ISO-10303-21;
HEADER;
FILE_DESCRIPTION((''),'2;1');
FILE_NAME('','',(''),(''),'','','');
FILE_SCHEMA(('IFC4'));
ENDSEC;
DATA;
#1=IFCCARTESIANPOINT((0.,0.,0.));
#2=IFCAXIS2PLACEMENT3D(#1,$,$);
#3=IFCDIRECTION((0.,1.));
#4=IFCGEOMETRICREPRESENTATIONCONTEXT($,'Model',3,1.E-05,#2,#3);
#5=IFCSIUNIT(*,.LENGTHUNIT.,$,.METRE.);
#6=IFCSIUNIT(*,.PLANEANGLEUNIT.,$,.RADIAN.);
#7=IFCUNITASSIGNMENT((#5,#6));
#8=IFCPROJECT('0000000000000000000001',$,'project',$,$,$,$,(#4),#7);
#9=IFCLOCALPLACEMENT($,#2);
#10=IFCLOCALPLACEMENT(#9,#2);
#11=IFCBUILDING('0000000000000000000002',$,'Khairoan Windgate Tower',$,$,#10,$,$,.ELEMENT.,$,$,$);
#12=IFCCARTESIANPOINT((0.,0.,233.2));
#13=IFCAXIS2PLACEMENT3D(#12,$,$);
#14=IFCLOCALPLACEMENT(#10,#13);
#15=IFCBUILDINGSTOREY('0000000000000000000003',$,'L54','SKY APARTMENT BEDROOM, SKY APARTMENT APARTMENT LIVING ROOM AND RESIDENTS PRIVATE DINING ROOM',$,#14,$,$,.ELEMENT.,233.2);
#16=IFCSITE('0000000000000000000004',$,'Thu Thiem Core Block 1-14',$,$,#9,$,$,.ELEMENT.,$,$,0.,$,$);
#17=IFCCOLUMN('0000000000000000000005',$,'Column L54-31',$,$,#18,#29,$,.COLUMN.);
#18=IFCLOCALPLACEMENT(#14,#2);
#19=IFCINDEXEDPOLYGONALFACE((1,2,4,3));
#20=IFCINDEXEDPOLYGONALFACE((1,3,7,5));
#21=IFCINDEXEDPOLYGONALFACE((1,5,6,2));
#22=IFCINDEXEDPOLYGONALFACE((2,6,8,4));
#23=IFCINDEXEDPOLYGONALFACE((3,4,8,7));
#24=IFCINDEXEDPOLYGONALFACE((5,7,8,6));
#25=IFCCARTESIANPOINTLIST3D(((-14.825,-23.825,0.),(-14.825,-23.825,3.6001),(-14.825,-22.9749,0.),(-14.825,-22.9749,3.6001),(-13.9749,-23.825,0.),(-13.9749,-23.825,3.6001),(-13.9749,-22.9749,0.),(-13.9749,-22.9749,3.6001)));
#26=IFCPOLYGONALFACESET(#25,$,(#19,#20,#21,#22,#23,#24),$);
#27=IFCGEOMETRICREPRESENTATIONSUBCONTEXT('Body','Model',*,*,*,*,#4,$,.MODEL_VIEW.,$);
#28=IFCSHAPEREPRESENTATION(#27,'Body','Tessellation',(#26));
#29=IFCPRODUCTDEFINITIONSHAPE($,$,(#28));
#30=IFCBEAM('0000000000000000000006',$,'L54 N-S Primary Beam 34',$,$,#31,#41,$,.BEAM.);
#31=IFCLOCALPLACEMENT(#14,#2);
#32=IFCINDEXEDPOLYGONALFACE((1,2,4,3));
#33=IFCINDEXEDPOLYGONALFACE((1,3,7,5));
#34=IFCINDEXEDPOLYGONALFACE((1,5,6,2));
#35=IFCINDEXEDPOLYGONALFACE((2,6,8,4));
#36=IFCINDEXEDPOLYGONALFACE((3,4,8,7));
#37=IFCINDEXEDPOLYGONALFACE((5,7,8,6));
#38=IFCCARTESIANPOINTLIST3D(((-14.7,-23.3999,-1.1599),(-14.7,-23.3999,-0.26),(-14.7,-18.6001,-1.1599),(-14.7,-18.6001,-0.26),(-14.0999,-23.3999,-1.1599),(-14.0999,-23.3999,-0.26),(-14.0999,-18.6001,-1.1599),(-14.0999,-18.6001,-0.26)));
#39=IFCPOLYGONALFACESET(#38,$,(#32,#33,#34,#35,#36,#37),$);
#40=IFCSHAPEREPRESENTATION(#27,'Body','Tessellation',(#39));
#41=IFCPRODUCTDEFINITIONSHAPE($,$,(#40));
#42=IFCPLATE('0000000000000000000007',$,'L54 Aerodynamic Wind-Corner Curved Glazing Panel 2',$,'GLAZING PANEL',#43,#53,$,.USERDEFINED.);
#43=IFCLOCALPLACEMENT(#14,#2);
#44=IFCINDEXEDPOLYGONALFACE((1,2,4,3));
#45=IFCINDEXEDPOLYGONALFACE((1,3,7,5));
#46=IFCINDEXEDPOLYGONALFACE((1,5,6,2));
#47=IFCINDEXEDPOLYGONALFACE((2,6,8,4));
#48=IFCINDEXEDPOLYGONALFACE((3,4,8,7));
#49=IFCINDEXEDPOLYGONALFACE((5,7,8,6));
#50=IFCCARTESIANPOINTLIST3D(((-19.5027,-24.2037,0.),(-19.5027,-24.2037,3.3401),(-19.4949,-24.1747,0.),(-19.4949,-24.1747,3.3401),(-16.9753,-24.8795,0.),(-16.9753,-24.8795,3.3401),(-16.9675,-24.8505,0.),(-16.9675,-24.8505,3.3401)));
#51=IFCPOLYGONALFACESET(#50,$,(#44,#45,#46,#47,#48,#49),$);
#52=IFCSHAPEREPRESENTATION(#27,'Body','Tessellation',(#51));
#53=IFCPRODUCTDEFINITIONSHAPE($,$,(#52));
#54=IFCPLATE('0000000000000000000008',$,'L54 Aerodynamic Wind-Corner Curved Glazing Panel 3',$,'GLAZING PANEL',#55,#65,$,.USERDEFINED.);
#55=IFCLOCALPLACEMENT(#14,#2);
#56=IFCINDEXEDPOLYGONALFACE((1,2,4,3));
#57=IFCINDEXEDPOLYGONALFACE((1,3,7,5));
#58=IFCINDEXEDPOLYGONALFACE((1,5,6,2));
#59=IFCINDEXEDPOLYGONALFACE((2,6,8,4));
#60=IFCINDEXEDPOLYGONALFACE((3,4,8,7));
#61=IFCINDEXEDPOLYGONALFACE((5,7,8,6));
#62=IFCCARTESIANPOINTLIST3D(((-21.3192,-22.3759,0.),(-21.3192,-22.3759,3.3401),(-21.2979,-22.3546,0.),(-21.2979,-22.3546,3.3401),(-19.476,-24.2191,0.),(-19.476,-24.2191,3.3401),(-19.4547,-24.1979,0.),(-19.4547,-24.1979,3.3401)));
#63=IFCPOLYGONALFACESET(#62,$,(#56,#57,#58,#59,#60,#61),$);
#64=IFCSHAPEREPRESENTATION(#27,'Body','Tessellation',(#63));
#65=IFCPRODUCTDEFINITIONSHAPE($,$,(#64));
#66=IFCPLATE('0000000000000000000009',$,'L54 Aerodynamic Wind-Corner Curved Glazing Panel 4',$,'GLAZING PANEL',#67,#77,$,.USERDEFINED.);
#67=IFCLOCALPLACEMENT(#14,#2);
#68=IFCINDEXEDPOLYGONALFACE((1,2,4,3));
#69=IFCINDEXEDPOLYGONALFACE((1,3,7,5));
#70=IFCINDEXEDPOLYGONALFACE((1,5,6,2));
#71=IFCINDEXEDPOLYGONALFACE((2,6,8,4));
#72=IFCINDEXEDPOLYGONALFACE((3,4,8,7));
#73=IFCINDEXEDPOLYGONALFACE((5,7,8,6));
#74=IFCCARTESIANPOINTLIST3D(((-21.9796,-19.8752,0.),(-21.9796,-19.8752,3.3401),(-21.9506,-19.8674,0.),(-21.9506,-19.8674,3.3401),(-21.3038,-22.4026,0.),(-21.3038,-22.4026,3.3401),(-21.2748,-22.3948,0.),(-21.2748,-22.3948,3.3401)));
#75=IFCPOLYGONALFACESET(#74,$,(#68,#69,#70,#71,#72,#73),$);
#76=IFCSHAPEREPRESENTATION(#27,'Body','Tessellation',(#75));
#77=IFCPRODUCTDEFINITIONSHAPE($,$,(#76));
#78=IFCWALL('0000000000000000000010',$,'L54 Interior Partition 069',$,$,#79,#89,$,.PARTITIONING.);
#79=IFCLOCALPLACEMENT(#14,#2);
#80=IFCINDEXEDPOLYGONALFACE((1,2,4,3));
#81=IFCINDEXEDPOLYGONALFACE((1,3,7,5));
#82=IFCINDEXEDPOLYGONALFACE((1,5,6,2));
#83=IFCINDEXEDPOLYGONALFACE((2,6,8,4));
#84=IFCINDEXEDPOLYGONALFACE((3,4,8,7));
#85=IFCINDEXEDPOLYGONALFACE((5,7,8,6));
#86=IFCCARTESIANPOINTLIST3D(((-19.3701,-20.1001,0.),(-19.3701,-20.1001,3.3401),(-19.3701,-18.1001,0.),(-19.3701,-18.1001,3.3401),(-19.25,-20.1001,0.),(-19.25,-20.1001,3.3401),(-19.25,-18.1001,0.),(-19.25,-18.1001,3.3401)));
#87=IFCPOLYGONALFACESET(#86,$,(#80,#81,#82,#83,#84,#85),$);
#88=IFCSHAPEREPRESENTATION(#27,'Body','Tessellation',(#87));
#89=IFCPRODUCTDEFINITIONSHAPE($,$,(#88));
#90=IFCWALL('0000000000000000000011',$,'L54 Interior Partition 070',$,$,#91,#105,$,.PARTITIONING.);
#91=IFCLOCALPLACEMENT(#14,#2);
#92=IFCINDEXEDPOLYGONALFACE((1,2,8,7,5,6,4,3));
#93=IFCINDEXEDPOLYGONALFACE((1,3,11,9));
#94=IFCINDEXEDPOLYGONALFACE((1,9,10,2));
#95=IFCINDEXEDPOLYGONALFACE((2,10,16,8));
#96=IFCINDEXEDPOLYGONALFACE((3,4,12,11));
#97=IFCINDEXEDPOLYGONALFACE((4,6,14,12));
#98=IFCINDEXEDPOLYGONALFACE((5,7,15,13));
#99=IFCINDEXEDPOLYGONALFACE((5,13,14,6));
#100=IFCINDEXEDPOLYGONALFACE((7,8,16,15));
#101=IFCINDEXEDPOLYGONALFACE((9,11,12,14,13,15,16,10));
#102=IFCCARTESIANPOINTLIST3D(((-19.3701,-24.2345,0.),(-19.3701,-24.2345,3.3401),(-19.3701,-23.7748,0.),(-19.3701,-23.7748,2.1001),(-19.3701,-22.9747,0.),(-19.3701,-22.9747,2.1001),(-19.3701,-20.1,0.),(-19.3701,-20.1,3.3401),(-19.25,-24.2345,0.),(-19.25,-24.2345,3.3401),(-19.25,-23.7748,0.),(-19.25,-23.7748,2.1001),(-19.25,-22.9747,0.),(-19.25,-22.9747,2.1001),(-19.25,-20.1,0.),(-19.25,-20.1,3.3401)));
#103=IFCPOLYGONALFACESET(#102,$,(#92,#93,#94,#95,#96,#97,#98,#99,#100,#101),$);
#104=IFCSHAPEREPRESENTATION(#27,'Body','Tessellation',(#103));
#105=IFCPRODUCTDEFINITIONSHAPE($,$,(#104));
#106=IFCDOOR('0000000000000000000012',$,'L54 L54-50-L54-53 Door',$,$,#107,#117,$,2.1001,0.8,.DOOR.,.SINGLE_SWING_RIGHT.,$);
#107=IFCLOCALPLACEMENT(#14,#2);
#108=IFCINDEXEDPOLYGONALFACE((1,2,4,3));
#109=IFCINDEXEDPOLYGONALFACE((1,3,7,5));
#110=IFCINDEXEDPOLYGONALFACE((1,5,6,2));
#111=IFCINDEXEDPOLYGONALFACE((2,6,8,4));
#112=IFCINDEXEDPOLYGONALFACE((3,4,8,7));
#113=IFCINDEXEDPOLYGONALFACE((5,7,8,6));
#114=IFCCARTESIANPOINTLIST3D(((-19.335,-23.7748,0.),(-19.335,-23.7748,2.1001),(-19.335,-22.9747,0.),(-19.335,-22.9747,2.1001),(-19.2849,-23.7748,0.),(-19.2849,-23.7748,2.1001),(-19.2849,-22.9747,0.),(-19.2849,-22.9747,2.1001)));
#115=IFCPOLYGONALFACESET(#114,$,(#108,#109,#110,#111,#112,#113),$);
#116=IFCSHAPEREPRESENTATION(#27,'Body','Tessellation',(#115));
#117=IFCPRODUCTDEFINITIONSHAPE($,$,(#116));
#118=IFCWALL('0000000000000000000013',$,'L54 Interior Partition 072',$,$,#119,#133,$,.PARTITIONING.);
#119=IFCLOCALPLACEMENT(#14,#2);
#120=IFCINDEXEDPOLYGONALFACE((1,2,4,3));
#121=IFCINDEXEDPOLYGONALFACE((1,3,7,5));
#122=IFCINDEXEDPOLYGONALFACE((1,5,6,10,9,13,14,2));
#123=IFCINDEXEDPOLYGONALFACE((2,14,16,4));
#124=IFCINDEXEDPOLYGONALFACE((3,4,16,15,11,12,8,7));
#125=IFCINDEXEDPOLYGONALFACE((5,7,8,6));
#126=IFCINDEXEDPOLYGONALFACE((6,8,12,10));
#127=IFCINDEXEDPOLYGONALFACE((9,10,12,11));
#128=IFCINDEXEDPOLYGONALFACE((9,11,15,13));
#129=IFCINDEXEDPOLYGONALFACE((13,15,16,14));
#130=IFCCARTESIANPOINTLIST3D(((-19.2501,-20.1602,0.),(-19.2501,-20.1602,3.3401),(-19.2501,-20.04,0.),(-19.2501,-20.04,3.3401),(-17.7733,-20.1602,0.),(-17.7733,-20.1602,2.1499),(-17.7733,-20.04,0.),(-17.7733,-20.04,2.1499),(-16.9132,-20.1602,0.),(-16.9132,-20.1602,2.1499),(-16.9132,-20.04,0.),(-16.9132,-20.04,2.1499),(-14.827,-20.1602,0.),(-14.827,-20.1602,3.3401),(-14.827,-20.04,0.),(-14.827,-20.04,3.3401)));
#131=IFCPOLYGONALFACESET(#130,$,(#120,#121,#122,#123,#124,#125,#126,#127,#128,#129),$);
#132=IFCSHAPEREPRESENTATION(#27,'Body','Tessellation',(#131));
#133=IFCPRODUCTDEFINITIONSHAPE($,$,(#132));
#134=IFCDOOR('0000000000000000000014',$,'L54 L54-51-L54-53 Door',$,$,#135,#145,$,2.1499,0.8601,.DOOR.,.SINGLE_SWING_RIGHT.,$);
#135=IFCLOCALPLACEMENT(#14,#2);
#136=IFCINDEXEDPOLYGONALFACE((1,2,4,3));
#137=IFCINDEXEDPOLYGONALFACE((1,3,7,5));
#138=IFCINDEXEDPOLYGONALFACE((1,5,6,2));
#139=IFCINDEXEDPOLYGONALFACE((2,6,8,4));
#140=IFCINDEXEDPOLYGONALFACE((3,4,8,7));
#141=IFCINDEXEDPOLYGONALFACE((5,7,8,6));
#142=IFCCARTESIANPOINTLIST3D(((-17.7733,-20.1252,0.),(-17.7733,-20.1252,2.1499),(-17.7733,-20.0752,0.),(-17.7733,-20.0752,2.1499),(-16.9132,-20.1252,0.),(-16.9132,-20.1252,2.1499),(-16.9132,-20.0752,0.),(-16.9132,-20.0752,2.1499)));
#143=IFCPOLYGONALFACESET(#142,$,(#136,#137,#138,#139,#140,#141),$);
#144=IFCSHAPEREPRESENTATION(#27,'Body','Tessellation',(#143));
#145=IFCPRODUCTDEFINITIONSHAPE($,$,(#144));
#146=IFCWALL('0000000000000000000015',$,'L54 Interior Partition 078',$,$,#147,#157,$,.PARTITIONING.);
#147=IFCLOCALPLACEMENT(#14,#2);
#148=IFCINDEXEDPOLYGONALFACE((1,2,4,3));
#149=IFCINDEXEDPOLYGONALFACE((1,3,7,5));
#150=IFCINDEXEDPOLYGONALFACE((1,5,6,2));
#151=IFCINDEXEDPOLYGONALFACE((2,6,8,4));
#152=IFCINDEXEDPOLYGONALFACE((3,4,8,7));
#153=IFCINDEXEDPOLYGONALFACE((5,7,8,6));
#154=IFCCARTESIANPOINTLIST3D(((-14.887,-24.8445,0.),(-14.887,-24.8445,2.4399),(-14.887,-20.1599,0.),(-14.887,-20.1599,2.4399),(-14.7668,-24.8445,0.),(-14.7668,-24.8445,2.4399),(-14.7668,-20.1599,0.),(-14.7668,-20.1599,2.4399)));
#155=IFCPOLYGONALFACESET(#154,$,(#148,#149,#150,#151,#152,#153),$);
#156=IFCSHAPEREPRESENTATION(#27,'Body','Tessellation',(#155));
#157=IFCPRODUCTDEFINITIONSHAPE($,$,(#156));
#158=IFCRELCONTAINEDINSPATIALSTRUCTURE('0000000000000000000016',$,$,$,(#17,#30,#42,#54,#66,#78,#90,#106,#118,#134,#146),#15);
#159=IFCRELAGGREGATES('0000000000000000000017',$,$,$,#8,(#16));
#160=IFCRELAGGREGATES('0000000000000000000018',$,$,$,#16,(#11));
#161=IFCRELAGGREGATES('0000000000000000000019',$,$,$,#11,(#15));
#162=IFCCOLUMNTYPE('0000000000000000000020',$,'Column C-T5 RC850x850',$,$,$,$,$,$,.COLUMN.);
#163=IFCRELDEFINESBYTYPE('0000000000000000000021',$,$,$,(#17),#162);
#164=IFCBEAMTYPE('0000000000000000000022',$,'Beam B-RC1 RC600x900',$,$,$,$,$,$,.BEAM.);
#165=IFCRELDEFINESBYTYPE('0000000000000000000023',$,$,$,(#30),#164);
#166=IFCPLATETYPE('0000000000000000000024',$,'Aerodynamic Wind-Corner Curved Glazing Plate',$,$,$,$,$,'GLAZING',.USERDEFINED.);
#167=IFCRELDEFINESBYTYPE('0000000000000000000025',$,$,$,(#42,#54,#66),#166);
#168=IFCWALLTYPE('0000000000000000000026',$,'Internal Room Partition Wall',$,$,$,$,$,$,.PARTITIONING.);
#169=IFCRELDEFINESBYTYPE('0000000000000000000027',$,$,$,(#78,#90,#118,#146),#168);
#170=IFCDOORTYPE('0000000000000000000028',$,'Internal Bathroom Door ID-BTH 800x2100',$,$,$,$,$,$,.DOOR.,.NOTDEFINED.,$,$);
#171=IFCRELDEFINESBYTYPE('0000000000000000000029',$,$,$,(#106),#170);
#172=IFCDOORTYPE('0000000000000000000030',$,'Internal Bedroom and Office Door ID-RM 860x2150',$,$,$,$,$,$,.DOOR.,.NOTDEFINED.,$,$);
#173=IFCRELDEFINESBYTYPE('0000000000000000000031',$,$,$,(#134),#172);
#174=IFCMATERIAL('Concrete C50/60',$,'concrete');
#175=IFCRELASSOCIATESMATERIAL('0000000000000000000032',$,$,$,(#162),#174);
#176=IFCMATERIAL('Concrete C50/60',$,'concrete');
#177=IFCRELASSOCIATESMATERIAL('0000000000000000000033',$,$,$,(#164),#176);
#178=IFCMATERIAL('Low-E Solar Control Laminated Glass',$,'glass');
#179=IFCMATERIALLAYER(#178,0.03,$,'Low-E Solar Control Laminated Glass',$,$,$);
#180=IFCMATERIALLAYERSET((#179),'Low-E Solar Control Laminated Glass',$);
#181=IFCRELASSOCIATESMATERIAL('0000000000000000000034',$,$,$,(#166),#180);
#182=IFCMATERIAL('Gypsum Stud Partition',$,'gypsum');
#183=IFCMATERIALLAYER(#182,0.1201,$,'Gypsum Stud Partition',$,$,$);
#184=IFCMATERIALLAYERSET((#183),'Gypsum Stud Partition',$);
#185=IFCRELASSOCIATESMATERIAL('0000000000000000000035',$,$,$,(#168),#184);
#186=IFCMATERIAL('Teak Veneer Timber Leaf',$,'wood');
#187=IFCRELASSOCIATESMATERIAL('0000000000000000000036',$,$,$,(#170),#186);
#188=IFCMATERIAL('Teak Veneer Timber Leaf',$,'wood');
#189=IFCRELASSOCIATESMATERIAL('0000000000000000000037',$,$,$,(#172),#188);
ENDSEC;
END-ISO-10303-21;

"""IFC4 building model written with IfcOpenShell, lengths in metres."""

from ifc_helpers import new_model, si_unit, direction, frame, frame_2d, origin, origin_2d, place, context, subcontext, project, spatial, rectangle, extrude, material, layer, layer_set, material_profile, profile_set, type_object, element, fill, save


model = new_model("IFC4")

# Units and contexts
model_context = context("Model", 3, precision=1e-05, world=origin(), true_north=direction((0.0, 1.0)))
body_context = subcontext(model_context, "Body", "Model", "MODEL_VIEW")
ifc_project = project(units=[si_unit("LENGTHUNIT", "METRE"), si_unit("PLANEANGLEUNIT", "RADIAN")], contexts=[model_context])

# Site, building, storey
site_placement = place(None, origin())
site = spatial("IfcSite", under=ifc_project, at=site_placement, Name="Thu Thiem Core Block 1-14", CompositionType="ELEMENT", RefElevation=0.0)
building_placement = place(site_placement, origin())
building = spatial("IfcBuilding", under=site, at=building_placement, Name="Khairoan Windgate Tower", CompositionType="ELEMENT")
storey_placement = place(building_placement, frame((0.0, 0.0, 233.2)))
storey = spatial("IfcBuildingStorey", under=building, at=storey_placement, Name="L54", Description="SKY APARTMENT BEDROOM, SKY APARTMENT APARTMENT LIVING ROOM AND RESIDENTS PRIVATE DINING ROOM", CompositionType="ELEMENT", Elevation=233.2)

# Column
ifc_material_1 = material(Name="Concrete C50/60", Category="concrete")
ifc_material_profile_1 = material_profile(ifc_material_1, rectangle(XDim=0.8501, YDim=0.8501, at=origin_2d()))
ifc_profile_set_1 = profile_set([ifc_material_profile_1], Name="Concrete C50/60")
column_type = type_object("IfcColumnType", Name="Column C-T5 RC850x850", PredefinedType="COLUMN", material=ifc_profile_set_1)
column_placement = place(storey_placement, frame((-14.3999, -23.3999, 0.0), z_axis=(0.0, 0.0, 1.0), x_axis=(1.0, 0.0, 0.0)))
element("IfcColumn", 1, at=column_placement, inside=storey, type_object=column_type, Name="Column L54-31", PredefinedType="COLUMN", context=body_context, shape_type="SweptSolid", body=[
    extrude(rectangle(XDim=0.8501, YDim=0.8501, at=origin_2d()), origin(), (0.0, 0.0, 1.0), 3.6001),
])

# Beam
ifc_material_2 = material(Name="Concrete C50/60", Category="concrete")
ifc_material_profile_2 = material_profile(ifc_material_2, rectangle(XDim=0.6001, YDim=0.8999, at=origin_2d()))
ifc_profile_set_2 = profile_set([ifc_material_profile_2], Name="Concrete C50/60")
beam_type = type_object("IfcBeamType", Name="Beam B-RC1 RC600x900", PredefinedType="BEAM", material=ifc_profile_set_2)
beam_placement = place(storey_placement, frame((-14.3999, -23.3999, -0.71), z_axis=(0.0, 1.0, 0.0), x_axis=(-1.0, 0.0, 0.0)))
element("IfcBeam", 2, at=beam_placement, inside=storey, type_object=beam_type, Name="L54 N-S Primary Beam 34", PredefinedType="BEAM", context=body_context, shape_type="SweptSolid", body=[
    extrude(rectangle(XDim=0.6001, YDim=0.8999, at=origin_2d()), origin(), (0.0, 0.0, 1.0), 4.7998),
])

# Plates
ifc_material_3 = material(Name="Low-E Solar Control Laminated Glass", Category="glass")
ifc_layer_1 = layer(ifc_material_3, 0.03, Name="Low-E Solar Control Laminated Glass")
ifc_layer_set_1 = layer_set([ifc_layer_1], Name="Low-E Solar Control Laminated Glass")
plate_type = type_object("IfcPlateType", Name="Aerodynamic Wind-Corner Curved Glazing Plate", ElementType="GLAZING", PredefinedType="USERDEFINED", material=ifc_layer_set_1)
plate_1_placement = place(storey_placement, frame((-18.2351, -24.5271, 0.0), z_axis=(0.0, 0.0, 1.0), x_axis=(-0.966061, 0.258313, 0.0)))
element("IfcPlate", 3, at=plate_1_placement, inside=storey, type_object=plate_type, Name="L54 Aerodynamic Wind-Corner Curved Glazing Panel 2", ObjectType="GLAZING PANEL", PredefinedType="USERDEFINED", context=body_context, shape_type="SweptSolid", body=[
    extrude(rectangle(XDim=2.6162, YDim=0.03, at=origin_2d()), origin(), (0.0, 0.0, 1.0), 3.3401),
])
plate_2_placement = place(storey_placement, frame((-20.387, -23.2869, 0.0), z_axis=(0.0, 0.0, 1.0), x_axis=(-0.707107, 0.707107, 0.0)))
element("IfcPlate", 4, at=plate_2_placement, inside=storey, type_object=plate_type, Name="L54 Aerodynamic Wind-Corner Curved Glazing Panel 3", ObjectType="GLAZING PANEL", PredefinedType="USERDEFINED", context=body_context, shape_type="SweptSolid", body=[
    extrude(rectangle(XDim=2.6067, YDim=0.03, at=origin_2d()), origin(), (0.0, 0.0, 1.0), 3.3401),
])
plate_3_placement = place(storey_placement, frame((-21.6272, -21.135, 0.0), z_axis=(0.0, 0.0, 1.0), x_axis=(-0.258313, 0.966061, 0.0)))
element("IfcPlate", 5, at=plate_3_placement, inside=storey, type_object=plate_type, Name="L54 Aerodynamic Wind-Corner Curved Glazing Panel 4", ObjectType="GLAZING PANEL", PredefinedType="USERDEFINED", context=body_context, shape_type="SweptSolid", body=[
    extrude(rectangle(XDim=2.6162, YDim=0.03, at=origin_2d()), origin(), (0.0, 0.0, 1.0), 3.3401),
])

# Wall
ifc_material_4 = material(Name="Gypsum Stud Partition", Category="gypsum")
ifc_layer_2 = layer(ifc_material_4, 0.1201, Name="Gypsum Stud Partition")
ifc_layer_set_2 = layer_set([ifc_layer_2], Name="Gypsum Stud Partition")
wall_type = type_object("IfcWallType", Name="Internal Room Partition Wall", PredefinedType="PARTITIONING", material=ifc_layer_set_2)
wall_1_placement = place(storey_placement, frame((-19.3101, -20.1001, 0.0), z_axis=(0.0, 0.0, 1.0), x_axis=(0.0, 1.0, 0.0)))
element("IfcWall", 6, at=wall_1_placement, inside=storey, type_object=wall_type, Name="L54 Interior Partition 069", PredefinedType="PARTITIONING", context=body_context, shape_type="SweptSolid", body=[
    extrude(rectangle(XDim=2.0, YDim=0.1201, at=frame_2d((1.0, 0.0))), origin(), (0.0, 0.0, 1.0), 3.3401),
])

# Walls, openings, doors
wall_2_placement = place(storey_placement, frame((-19.3101, -24.2346, 0.0), z_axis=(0.0, 0.0, 1.0), x_axis=(0.0, 1.0, 0.0)))
wall_2 = element("IfcWall", 7, at=wall_2_placement, inside=storey, type_object=wall_type, Name="L54 Interior Partition 070", PredefinedType="PARTITIONING", context=body_context, shape_type="SweptSolid", body=[
    extrude(rectangle(XDim=4.1345, YDim=0.1201, at=frame_2d((2.0674, 0.0))), origin(), (0.0, 0.0, 1.0), 3.3401),
])
opening_1_placement = place(wall_2_placement, frame((0.46, 0.0, 0.0)))
opening_1 = element("IfcOpeningElement", 8, at=opening_1_placement, cuts=wall_2, PredefinedType="OPENING", context=body_context, shape_type="SweptSolid", body=[
    extrude(rectangle(XDim=0.8, YDim=2.1001, at=frame_2d((0.3999, 1.05))), frame((0.0, 0.0701, 0.0), z_axis=(0.0, -1.0, 0.0), x_axis=(1.0, 0.0, 0.0)), (0.0, 0.0, 1.0), 0.1401),
])
ifc_material_5 = material(Name="Teak Veneer Timber Leaf", Category="wood")
door_type_1 = type_object("IfcDoorType", Name="Internal Bathroom Door ID-BTH 800x2100", OperationType="NOTDEFINED", PredefinedType="DOOR", material=ifc_material_5)
door_1_placement = place(opening_1_placement, origin())
door_1 = element("IfcDoor", 9, at=door_1_placement, inside=storey, type_object=door_type_1, Name="L54 L54-50-L54-53 Door", OperationType="SINGLE_SWING_RIGHT", OverallHeight=2.1001, OverallWidth=0.8, PredefinedType="DOOR", context=body_context, shape_type="SweptSolid", body=[
    extrude(rectangle(XDim=0.8, YDim=2.1001, at=frame_2d((0.3999, 1.05))), frame((0.0, 0.0249, 0.0), z_axis=(0.0, -1.0, 0.0), x_axis=(1.0, 0.0, 0.0)), (0.0, 0.0, 1.0), 0.05),
])
fill(opening_1, door_1)
wall_3_placement = place(storey_placement, frame((-19.25, -20.1001, 0.0), z_axis=(0.0, 0.0, 1.0), x_axis=(1.0, 0.0, 0.0)))
wall_3 = element("IfcWall", 10, at=wall_3_placement, inside=storey, type_object=wall_type, Name="L54 Interior Partition 072", PredefinedType="PARTITIONING", context=body_context, shape_type="SweptSolid", body=[
    extrude(rectangle(XDim=4.4231, YDim=0.1201, at=frame_2d((2.2114, 0.0))), origin(), (0.0, 0.0, 1.0), 3.3401),
])
opening_2_placement = place(wall_3_placement, frame((1.4766, 0.0, 0.0)))
opening_2 = element("IfcOpeningElement", 11, at=opening_2_placement, cuts=wall_3, PredefinedType="OPENING", context=body_context, shape_type="SweptSolid", body=[
    extrude(rectangle(XDim=0.8601, YDim=2.1499, at=frame_2d((0.4302, 1.075))), frame((0.0, 0.0701, 0.0), z_axis=(0.0, -1.0, 0.0), x_axis=(1.0, 0.0, 0.0)), (0.0, 0.0, 1.0), 0.1401),
])
ifc_material_6 = material(Name="Teak Veneer Timber Leaf", Category="wood")
door_type_2 = type_object("IfcDoorType", Name="Internal Bedroom and Office Door ID-RM 860x2150", OperationType="NOTDEFINED", PredefinedType="DOOR", material=ifc_material_6)
door_2_placement = place(opening_2_placement, origin())
door_2 = element("IfcDoor", 12, at=door_2_placement, inside=storey, type_object=door_type_2, Name="L54 L54-51-L54-53 Door", OperationType="SINGLE_SWING_RIGHT", OverallHeight=2.1499, OverallWidth=0.8601, PredefinedType="DOOR", context=body_context, shape_type="SweptSolid", body=[
    extrude(rectangle(XDim=0.8601, YDim=2.1499, at=frame_2d((0.4302, 1.075))), frame((0.0, 0.0249, 0.0), z_axis=(0.0, -1.0, 0.0), x_axis=(1.0, 0.0, 0.0)), (0.0, 0.0, 1.0), 0.05),
])
fill(opening_2, door_2)

# Wall
wall_4_placement = place(storey_placement, frame((-14.8269, -24.8445, 0.0), z_axis=(0.0, 0.0, 1.0), x_axis=(0.0, 1.0, 0.0)))
element("IfcWall", 13, at=wall_4_placement, inside=storey, type_object=wall_type, Name="L54 Interior Partition 078", PredefinedType="PARTITIONING", context=body_context, shape_type="SweptSolid", body=[
    extrude(rectangle(XDim=4.6846, YDim=0.1201, at=frame_2d((2.3423, 0.0))), origin(), (0.0, 0.0, 1.0), 2.4399),
])

save(model, "model.ifc")
